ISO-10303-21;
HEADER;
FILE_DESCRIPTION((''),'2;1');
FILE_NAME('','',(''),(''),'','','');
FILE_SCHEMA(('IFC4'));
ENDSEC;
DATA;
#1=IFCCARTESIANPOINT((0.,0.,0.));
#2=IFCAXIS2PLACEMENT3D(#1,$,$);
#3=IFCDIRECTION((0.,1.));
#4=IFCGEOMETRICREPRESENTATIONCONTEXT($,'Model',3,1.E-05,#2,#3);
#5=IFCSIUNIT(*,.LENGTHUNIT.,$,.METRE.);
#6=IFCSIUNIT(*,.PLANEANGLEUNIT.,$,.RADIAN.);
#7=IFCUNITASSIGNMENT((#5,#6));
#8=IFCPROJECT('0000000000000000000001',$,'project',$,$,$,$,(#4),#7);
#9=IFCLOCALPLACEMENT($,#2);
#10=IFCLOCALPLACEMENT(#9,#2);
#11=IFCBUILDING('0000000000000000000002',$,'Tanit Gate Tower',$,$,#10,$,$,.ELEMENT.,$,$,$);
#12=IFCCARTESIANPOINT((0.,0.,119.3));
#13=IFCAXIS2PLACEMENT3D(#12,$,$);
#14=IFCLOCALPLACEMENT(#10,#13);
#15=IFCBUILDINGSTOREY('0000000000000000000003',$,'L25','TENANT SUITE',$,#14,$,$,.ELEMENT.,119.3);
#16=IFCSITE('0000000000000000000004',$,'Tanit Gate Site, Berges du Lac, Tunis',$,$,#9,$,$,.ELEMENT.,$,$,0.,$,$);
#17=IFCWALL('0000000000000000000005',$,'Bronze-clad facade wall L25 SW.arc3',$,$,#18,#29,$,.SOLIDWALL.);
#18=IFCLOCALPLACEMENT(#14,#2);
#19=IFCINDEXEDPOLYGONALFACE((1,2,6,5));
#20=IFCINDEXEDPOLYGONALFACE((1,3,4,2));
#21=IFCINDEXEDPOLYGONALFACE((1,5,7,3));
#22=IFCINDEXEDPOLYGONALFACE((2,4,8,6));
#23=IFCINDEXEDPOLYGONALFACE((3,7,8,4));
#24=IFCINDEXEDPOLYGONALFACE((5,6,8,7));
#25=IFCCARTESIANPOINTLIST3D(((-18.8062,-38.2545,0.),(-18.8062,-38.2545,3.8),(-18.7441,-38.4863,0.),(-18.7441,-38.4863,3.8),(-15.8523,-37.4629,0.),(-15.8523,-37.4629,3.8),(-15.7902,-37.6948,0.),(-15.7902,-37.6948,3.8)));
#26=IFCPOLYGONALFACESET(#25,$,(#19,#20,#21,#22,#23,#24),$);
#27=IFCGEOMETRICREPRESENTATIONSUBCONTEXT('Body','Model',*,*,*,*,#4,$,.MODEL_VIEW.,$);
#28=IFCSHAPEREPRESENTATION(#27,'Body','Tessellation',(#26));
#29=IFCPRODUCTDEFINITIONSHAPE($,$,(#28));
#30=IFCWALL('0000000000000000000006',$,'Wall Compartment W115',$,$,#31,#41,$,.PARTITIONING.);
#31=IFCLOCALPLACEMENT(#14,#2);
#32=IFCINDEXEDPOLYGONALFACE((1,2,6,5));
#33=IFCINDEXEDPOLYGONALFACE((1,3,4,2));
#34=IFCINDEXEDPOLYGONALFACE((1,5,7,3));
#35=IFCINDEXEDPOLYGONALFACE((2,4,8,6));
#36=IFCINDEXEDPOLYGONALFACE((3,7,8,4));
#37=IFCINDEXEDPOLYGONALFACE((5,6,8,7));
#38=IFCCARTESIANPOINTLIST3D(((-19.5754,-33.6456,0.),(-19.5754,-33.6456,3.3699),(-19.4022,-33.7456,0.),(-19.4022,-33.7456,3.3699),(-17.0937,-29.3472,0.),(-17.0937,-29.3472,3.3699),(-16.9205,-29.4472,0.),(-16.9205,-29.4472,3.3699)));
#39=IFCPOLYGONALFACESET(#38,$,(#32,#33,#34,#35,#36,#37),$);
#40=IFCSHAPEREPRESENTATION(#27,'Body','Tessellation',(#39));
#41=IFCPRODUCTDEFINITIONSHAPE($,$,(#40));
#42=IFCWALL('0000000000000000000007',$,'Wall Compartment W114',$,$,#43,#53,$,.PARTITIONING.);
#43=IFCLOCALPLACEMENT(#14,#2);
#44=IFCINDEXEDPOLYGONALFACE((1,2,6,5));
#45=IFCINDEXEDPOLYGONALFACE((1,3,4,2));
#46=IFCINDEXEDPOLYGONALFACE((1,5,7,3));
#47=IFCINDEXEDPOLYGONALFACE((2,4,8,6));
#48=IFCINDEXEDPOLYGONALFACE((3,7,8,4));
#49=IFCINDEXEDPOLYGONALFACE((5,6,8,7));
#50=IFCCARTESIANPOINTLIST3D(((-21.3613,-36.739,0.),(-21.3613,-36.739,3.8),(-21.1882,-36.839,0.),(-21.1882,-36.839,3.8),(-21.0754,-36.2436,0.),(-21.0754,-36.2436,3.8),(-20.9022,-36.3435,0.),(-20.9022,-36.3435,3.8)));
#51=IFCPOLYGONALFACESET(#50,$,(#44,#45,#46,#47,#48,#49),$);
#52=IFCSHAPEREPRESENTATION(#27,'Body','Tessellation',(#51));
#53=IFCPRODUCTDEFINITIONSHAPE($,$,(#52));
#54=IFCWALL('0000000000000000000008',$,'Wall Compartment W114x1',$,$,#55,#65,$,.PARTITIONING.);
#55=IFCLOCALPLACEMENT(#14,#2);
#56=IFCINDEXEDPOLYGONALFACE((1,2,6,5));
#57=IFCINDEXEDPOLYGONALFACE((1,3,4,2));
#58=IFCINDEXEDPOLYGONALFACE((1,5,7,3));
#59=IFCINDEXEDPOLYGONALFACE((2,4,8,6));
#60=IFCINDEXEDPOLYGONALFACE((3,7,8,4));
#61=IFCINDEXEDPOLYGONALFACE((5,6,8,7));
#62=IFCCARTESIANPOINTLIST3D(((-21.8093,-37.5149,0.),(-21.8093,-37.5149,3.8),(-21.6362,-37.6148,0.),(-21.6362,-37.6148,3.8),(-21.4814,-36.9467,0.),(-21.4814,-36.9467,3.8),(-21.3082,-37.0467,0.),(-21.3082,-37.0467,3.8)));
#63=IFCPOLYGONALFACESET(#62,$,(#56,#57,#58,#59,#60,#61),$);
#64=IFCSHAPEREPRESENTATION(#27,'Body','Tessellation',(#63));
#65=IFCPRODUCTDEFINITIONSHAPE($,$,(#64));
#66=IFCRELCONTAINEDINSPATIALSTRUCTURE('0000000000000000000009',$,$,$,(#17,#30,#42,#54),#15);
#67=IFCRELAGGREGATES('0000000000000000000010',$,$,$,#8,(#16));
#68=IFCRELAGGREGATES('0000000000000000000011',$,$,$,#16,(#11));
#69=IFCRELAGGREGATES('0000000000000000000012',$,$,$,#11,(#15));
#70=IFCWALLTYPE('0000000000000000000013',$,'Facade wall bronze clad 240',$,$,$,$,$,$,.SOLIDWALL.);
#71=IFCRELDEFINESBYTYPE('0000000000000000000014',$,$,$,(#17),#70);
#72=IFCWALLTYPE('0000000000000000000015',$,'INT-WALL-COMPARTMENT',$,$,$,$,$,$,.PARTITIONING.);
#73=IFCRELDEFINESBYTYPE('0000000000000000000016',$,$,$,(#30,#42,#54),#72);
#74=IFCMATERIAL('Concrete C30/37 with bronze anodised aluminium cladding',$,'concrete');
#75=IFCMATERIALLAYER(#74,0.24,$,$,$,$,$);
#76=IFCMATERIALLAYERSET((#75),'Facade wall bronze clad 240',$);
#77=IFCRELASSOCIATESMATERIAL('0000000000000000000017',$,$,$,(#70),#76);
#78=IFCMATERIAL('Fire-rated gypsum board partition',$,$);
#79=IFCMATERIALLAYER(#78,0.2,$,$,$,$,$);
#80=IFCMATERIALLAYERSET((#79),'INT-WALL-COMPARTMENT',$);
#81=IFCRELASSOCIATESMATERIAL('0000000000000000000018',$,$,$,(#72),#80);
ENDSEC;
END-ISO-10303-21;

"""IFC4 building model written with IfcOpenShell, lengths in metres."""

from ifc_helpers import new_model, si_unit, direction, frame, frame_2d, origin, place, context, subcontext, project, spatial, rectangle, extrude, material, layer, layer_set, type_object, element, save


model = new_model("IFC4")

# Units and contexts
model_context = context("Model", 3, precision=1e-05, world=origin(), true_north=direction((0.0, 1.0)))
body_context = subcontext(model_context, "Body", "Model", "MODEL_VIEW")
ifc_project = project(units=[si_unit("LENGTHUNIT", "METRE"), si_unit("PLANEANGLEUNIT", "RADIAN")], contexts=[model_context])

# Site, building, storey
site_placement = place(None, origin())
site = spatial("IfcSite", under=ifc_project, at=site_placement, Name="Tanit Gate Site, Berges du Lac, Tunis", CompositionType="ELEMENT", RefElevation=0.0)
building_placement = place(site_placement, origin())
building = spatial("IfcBuilding", under=site, at=building_placement, Name="Tanit Gate Tower", CompositionType="ELEMENT")
storey_placement = place(building_placement, frame((0.0, 0.0, 119.3)))
storey = spatial("IfcBuildingStorey", under=building, at=storey_placement, Name="L25", Description="TENANT SUITE", CompositionType="ELEMENT", Elevation=119.3)

# Walls
ifc_material_1 = material(Name="Concrete C30/37 with bronze anodised aluminium cladding", Category="concrete")
ifc_layer_1 = layer(ifc_material_1, 0.24)
ifc_layer_set_1 = layer_set([ifc_layer_1], Name="Facade wall bronze clad 240")
wall_type_1 = type_object("IfcWallType", Name="Facade wall bronze clad 240", PredefinedType="SOLIDWALL", material=ifc_layer_set_1)
wall_1_placement = place(storey_placement, frame((-18.7751, -38.3704, 0.0), z_axis=(0.0, 0.0, 1.0), x_axis=(0.965924, 0.258825, 0.0)))
element("IfcWall", 1, at=wall_1_placement, inside=storey, type_object=wall_type_1, Name="Bronze-clad facade wall L25 SW.arc3", PredefinedType="SOLIDWALL", context=body_context, shape_type="SweptSolid", body=[
    extrude(rectangle(XDim=3.0581, YDim=0.24, at=frame_2d((1.5291, 0.0))), origin(), (0.0, 0.0, 1.0), 3.8),
])
ifc_material_2 = material(Name="Fire-rated gypsum board partition")
ifc_layer_2 = layer(ifc_material_2, 0.2)
ifc_layer_set_2 = layer_set([ifc_layer_2], Name="INT-WALL-COMPARTMENT")
wall_type_2 = type_object("IfcWallType", Name="INT-WALL-COMPARTMENT", PredefinedType="PARTITIONING", material=ifc_layer_set_2)
wall_2_placement = place(storey_placement, frame((-17.0071, -29.3972, 0.0), z_axis=(0.0, 0.0, 1.0), x_axis=(-0.500006, -0.866022, 0.0)))
element("IfcWall", 2, at=wall_2_placement, inside=storey, type_object=wall_type_2, Name="Wall Compartment W115", PredefinedType="PARTITIONING", context=body_context, shape_type="SweptSolid", body=[
    extrude(rectangle(XDim=4.9634, YDim=0.2, at=frame_2d((2.4817, 0.0))), origin(), (0.0, 0.0, 1.0), 3.3699),
])
wall_3_placement = place(storey_placement, frame((-20.9888, -36.2935, 0.0), z_axis=(0.0, 0.0, 1.0), x_axis=(-0.499858, -0.866107, 0.0)))
element("IfcWall", 3, at=wall_3_placement, inside=storey, type_object=wall_type_2, Name="Wall Compartment W114", PredefinedType="PARTITIONING", context=body_context, shape_type="SweptSolid", body=[
    extrude(rectangle(XDim=0.572, YDim=0.2, at=frame_2d((0.2861, 0.0))), origin(), (0.0, 0.0, 1.0), 3.8),
])
wall_4_placement = place(storey_placement, frame((-21.3948, -36.9966, 0.0), z_axis=(0.0, 0.0, 1.0), x_axis=(-0.499862, -0.866105, 0.0)))
element("IfcWall", 4, at=wall_4_placement, inside=storey, type_object=wall_type_2, Name="Wall Compartment W114x1", PredefinedType="PARTITIONING", context=body_context, shape_type="SweptSolid", body=[
    extrude(rectangle(XDim=0.656, YDim=0.2, at=frame_2d((0.3281, 0.0))), origin(), (0.0, 0.0, 1.0), 3.8),
])

save(model, "model.ifc")
